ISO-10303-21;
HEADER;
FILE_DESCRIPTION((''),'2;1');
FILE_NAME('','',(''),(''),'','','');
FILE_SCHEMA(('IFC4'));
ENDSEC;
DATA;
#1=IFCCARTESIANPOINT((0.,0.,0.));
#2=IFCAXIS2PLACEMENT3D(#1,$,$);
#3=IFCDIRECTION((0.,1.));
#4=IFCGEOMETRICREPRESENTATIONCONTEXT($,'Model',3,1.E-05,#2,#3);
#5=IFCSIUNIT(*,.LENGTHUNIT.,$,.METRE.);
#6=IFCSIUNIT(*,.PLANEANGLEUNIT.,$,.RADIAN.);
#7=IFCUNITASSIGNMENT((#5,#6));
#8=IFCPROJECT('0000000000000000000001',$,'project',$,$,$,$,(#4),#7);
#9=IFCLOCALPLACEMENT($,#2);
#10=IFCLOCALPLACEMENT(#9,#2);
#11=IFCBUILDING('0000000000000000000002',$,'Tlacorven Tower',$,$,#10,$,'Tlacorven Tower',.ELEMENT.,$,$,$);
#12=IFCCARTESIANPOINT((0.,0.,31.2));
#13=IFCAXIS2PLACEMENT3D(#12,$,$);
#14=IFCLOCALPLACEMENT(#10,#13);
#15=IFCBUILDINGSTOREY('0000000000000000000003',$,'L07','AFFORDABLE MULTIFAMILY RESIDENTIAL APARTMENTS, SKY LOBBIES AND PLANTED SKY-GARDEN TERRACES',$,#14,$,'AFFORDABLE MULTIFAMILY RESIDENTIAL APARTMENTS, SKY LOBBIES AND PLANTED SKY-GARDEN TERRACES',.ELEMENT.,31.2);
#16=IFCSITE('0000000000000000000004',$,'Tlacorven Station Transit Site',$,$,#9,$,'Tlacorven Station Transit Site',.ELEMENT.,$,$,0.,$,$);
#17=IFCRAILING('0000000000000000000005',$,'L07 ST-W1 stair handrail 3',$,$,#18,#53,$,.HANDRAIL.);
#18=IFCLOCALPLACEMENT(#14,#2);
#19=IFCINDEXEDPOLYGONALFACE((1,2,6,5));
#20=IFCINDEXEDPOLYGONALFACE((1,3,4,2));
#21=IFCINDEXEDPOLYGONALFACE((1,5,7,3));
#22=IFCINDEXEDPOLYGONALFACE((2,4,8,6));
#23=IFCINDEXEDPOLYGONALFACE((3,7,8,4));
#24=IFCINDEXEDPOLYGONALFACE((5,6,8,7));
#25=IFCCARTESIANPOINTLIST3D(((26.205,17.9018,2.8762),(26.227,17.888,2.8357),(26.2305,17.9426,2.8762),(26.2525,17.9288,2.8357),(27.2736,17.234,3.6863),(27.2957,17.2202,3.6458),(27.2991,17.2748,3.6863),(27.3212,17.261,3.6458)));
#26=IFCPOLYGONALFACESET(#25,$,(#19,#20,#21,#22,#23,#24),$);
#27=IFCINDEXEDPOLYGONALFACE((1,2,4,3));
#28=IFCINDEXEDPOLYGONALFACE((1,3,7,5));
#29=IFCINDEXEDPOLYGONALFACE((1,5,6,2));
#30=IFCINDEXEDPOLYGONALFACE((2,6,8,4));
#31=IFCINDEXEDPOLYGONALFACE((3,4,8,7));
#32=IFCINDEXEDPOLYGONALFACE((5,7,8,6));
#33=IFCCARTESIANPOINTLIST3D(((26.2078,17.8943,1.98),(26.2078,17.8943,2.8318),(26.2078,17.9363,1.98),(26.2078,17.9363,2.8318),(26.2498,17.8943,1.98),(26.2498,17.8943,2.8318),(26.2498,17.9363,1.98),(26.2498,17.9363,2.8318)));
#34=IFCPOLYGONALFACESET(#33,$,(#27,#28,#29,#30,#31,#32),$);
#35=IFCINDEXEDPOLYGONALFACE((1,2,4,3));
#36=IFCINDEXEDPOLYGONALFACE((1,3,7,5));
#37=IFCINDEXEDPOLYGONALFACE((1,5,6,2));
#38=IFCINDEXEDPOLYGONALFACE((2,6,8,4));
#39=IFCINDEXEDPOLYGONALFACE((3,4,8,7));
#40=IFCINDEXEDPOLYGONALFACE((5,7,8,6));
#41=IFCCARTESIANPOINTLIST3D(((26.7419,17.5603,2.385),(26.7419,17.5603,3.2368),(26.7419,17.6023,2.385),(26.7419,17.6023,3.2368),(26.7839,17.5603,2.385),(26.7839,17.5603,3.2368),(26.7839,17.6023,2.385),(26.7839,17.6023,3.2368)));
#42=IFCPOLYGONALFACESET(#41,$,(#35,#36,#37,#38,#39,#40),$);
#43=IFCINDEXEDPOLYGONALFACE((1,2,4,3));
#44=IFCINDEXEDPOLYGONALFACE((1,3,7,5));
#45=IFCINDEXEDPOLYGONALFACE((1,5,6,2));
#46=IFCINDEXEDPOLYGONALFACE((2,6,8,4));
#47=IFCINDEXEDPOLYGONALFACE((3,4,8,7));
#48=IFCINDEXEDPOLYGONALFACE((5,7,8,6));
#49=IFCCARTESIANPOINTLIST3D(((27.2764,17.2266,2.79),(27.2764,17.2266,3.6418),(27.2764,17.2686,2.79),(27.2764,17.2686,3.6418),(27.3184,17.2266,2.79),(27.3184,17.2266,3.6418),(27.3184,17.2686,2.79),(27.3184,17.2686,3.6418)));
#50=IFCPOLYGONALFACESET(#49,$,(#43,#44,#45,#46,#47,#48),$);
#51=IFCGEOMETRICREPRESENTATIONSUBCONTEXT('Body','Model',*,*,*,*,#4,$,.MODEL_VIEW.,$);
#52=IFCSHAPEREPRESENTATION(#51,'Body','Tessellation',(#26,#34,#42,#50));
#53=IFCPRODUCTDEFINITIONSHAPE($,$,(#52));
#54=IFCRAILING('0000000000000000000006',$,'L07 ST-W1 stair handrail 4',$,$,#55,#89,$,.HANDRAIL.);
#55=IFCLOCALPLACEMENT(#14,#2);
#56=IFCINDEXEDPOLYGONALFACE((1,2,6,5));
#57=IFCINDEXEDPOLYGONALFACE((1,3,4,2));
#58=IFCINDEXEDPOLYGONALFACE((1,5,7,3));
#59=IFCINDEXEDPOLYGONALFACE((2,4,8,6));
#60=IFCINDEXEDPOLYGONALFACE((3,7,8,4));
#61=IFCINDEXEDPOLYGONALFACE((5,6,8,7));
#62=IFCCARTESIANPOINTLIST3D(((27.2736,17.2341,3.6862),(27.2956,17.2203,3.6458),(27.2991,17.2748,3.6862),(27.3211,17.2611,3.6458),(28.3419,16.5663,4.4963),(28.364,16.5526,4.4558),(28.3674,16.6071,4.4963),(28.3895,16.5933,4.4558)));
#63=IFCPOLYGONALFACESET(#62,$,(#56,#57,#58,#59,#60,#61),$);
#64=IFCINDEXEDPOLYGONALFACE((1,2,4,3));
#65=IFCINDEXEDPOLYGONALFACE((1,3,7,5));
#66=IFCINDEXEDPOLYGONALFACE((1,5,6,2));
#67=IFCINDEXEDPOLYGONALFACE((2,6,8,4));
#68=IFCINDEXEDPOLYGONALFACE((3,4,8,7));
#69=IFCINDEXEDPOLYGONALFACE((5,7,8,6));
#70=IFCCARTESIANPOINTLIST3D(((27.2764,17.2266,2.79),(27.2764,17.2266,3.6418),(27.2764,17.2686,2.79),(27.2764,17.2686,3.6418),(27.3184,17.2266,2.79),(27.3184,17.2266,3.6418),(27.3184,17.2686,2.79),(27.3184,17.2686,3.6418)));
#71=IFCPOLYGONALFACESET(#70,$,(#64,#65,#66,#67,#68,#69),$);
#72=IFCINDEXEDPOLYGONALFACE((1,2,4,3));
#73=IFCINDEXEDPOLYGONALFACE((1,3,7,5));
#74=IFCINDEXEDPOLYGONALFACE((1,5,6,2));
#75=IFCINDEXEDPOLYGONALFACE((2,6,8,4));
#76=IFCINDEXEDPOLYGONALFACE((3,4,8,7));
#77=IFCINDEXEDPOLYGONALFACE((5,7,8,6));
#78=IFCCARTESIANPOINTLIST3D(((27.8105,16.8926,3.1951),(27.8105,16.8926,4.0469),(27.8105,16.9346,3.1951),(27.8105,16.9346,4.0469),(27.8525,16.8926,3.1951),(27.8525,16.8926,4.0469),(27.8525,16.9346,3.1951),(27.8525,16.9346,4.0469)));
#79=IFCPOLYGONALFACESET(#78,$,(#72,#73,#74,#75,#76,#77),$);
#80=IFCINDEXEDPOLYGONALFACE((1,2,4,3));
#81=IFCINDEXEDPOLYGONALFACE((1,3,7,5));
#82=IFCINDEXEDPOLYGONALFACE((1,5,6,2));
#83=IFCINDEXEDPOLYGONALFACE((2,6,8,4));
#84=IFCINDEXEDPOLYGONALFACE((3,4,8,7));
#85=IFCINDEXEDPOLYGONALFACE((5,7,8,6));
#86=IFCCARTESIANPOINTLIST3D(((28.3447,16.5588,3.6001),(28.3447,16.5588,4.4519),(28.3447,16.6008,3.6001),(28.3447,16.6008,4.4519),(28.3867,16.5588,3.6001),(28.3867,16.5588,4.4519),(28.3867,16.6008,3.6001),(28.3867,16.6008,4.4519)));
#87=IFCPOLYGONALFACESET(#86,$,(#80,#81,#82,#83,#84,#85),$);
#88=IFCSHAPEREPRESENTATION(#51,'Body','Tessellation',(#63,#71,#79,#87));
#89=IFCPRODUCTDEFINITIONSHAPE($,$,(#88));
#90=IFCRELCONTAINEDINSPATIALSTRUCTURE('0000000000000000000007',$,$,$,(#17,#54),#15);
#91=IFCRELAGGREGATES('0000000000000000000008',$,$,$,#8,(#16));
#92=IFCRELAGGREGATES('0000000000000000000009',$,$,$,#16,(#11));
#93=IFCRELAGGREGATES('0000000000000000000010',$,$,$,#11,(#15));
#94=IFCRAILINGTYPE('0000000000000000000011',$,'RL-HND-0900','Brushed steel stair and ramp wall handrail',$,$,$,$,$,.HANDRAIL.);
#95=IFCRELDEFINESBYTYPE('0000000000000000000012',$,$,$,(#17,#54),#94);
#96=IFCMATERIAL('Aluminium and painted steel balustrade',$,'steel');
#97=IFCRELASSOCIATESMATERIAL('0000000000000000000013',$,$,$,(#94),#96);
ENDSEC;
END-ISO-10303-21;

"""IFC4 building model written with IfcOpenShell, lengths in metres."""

from ifc_helpers import new_model, si_unit, direction, frame, origin, origin_2d, place, context, subcontext, project, spatial, rectangle, extrude, source, transform, mapped, material, type_object, element, save


model = new_model("IFC4")

# Units and contexts
model_context = context("Model", 3, precision=1e-05, world=origin(), true_north=direction((0.0, 1.0)))
body_context = subcontext(model_context, "Body", "Model", "MODEL_VIEW")
ifc_project = project(units=[si_unit("LENGTHUNIT", "METRE"), si_unit("PLANEANGLEUNIT", "RADIAN")], contexts=[model_context])

# Site, building, storey
site_placement = place(None, origin())
site = spatial("IfcSite", under=ifc_project, at=site_placement, Name="Tlacorven Station Transit Site", LongName="Tlacorven Station Transit Site", CompositionType="ELEMENT", RefElevation=0.0)
building_placement = place(site_placement, origin())
building = spatial("IfcBuilding", under=site, at=building_placement, Name="Tlacorven Tower", LongName="Tlacorven Tower", CompositionType="ELEMENT")
storey_placement = place(building_placement, frame((0.0, 0.0, 31.2)))
storey = spatial("IfcBuildingStorey", under=building, at=storey_placement, Name="L07", Description="AFFORDABLE MULTIFAMILY RESIDENTIAL APARTMENTS, SKY LOBBIES AND PLANTED SKY-GARDEN TERRACES", LongName="AFFORDABLE MULTIFAMILY RESIDENTIAL APARTMENTS, SKY LOBBIES AND PLANTED SKY-GARDEN TERRACES", CompositionType="ELEMENT", Elevation=31.2)

# Railings
ifc_material_1 = material(Name="Aluminium and painted steel balustrade", Category="steel")
railing_type_1 = type_object("IfcRailingType", Name="RL-HND-0900", Description="Brushed steel stair and ramp wall handrail", PredefinedType="HANDRAIL", material=ifc_material_1)
shared_shape_1 = source(origin(), body_context, "Body", "SweptSolid", [
    extrude(rectangle(XDim=0.0481, YDim=0.0481, at=origin_2d()), frame((0.0, 0.0, 0.876), z_axis=(0.71336, -0.445748, 0.540765), x_axis=(0.529912, 0.848053, 0.0)), (0.0, 0.0, 1.0), 1.498),
    extrude(rectangle(XDim=0.042, YDim=0.042, at=origin_2d()), origin(), (0.0, 0.0, 1.0), 0.8518),
    extrude(rectangle(XDim=0.042, YDim=0.042, at=origin_2d()), frame((0.5342, -0.334, 0.405)), (0.0, 0.0, 1.0), 0.8518),
    extrude(rectangle(XDim=0.042, YDim=0.042, at=origin_2d()), frame((1.0686, -0.6677, 0.8101)), (0.0, 0.0, 1.0), 0.8518),
])
railing_1_placement = place(storey_placement, frame((26.2288, 17.9153, 1.98)))
element("IfcRailing", 1, at=railing_1_placement, inside=storey, type_object=railing_type_1, Name="L07 ST-W1 stair handrail 3", PredefinedType="HANDRAIL", context=body_context, shape_type="MappedRepresentation", body=[
    mapped(shared_shape_1, transform((0.0, 0.0, 0.0), scale=1.0)),
])
shared_shape_2 = source(origin(), body_context, "Body", "SweptSolid", [
    extrude(rectangle(XDim=0.0481, YDim=0.0481, at=origin_2d()), frame((0.0, 0.0, 0.876), z_axis=(0.71328, -0.4458, 0.540828), x_axis=(0.529999, 0.847998, 0.0)), (0.0, 0.0, 1.0), 1.4978),
    extrude(rectangle(XDim=0.042, YDim=0.042, at=origin_2d()), origin(), (0.0, 0.0, 1.0), 0.8518),
    extrude(rectangle(XDim=0.042, YDim=0.042, at=origin_2d()), frame((0.5342, -0.334, 0.405)), (0.0, 0.0, 1.0), 0.8518),
    extrude(rectangle(XDim=0.042, YDim=0.042, at=origin_2d()), frame((1.0684, -0.6677, 0.8101)), (0.0, 0.0, 1.0), 0.8518),
])
railing_2_placement = place(storey_placement, frame((27.2974, 17.2476, 2.79)))
element("IfcRailing", 2, at=railing_2_placement, inside=storey, type_object=railing_type_1, Name="L07 ST-W1 stair handrail 4", PredefinedType="HANDRAIL", context=body_context, shape_type="MappedRepresentation", body=[
    mapped(shared_shape_2, transform((0.0, 0.0, 0.0), scale=1.0)),
])

save(model, "model.ifc")
